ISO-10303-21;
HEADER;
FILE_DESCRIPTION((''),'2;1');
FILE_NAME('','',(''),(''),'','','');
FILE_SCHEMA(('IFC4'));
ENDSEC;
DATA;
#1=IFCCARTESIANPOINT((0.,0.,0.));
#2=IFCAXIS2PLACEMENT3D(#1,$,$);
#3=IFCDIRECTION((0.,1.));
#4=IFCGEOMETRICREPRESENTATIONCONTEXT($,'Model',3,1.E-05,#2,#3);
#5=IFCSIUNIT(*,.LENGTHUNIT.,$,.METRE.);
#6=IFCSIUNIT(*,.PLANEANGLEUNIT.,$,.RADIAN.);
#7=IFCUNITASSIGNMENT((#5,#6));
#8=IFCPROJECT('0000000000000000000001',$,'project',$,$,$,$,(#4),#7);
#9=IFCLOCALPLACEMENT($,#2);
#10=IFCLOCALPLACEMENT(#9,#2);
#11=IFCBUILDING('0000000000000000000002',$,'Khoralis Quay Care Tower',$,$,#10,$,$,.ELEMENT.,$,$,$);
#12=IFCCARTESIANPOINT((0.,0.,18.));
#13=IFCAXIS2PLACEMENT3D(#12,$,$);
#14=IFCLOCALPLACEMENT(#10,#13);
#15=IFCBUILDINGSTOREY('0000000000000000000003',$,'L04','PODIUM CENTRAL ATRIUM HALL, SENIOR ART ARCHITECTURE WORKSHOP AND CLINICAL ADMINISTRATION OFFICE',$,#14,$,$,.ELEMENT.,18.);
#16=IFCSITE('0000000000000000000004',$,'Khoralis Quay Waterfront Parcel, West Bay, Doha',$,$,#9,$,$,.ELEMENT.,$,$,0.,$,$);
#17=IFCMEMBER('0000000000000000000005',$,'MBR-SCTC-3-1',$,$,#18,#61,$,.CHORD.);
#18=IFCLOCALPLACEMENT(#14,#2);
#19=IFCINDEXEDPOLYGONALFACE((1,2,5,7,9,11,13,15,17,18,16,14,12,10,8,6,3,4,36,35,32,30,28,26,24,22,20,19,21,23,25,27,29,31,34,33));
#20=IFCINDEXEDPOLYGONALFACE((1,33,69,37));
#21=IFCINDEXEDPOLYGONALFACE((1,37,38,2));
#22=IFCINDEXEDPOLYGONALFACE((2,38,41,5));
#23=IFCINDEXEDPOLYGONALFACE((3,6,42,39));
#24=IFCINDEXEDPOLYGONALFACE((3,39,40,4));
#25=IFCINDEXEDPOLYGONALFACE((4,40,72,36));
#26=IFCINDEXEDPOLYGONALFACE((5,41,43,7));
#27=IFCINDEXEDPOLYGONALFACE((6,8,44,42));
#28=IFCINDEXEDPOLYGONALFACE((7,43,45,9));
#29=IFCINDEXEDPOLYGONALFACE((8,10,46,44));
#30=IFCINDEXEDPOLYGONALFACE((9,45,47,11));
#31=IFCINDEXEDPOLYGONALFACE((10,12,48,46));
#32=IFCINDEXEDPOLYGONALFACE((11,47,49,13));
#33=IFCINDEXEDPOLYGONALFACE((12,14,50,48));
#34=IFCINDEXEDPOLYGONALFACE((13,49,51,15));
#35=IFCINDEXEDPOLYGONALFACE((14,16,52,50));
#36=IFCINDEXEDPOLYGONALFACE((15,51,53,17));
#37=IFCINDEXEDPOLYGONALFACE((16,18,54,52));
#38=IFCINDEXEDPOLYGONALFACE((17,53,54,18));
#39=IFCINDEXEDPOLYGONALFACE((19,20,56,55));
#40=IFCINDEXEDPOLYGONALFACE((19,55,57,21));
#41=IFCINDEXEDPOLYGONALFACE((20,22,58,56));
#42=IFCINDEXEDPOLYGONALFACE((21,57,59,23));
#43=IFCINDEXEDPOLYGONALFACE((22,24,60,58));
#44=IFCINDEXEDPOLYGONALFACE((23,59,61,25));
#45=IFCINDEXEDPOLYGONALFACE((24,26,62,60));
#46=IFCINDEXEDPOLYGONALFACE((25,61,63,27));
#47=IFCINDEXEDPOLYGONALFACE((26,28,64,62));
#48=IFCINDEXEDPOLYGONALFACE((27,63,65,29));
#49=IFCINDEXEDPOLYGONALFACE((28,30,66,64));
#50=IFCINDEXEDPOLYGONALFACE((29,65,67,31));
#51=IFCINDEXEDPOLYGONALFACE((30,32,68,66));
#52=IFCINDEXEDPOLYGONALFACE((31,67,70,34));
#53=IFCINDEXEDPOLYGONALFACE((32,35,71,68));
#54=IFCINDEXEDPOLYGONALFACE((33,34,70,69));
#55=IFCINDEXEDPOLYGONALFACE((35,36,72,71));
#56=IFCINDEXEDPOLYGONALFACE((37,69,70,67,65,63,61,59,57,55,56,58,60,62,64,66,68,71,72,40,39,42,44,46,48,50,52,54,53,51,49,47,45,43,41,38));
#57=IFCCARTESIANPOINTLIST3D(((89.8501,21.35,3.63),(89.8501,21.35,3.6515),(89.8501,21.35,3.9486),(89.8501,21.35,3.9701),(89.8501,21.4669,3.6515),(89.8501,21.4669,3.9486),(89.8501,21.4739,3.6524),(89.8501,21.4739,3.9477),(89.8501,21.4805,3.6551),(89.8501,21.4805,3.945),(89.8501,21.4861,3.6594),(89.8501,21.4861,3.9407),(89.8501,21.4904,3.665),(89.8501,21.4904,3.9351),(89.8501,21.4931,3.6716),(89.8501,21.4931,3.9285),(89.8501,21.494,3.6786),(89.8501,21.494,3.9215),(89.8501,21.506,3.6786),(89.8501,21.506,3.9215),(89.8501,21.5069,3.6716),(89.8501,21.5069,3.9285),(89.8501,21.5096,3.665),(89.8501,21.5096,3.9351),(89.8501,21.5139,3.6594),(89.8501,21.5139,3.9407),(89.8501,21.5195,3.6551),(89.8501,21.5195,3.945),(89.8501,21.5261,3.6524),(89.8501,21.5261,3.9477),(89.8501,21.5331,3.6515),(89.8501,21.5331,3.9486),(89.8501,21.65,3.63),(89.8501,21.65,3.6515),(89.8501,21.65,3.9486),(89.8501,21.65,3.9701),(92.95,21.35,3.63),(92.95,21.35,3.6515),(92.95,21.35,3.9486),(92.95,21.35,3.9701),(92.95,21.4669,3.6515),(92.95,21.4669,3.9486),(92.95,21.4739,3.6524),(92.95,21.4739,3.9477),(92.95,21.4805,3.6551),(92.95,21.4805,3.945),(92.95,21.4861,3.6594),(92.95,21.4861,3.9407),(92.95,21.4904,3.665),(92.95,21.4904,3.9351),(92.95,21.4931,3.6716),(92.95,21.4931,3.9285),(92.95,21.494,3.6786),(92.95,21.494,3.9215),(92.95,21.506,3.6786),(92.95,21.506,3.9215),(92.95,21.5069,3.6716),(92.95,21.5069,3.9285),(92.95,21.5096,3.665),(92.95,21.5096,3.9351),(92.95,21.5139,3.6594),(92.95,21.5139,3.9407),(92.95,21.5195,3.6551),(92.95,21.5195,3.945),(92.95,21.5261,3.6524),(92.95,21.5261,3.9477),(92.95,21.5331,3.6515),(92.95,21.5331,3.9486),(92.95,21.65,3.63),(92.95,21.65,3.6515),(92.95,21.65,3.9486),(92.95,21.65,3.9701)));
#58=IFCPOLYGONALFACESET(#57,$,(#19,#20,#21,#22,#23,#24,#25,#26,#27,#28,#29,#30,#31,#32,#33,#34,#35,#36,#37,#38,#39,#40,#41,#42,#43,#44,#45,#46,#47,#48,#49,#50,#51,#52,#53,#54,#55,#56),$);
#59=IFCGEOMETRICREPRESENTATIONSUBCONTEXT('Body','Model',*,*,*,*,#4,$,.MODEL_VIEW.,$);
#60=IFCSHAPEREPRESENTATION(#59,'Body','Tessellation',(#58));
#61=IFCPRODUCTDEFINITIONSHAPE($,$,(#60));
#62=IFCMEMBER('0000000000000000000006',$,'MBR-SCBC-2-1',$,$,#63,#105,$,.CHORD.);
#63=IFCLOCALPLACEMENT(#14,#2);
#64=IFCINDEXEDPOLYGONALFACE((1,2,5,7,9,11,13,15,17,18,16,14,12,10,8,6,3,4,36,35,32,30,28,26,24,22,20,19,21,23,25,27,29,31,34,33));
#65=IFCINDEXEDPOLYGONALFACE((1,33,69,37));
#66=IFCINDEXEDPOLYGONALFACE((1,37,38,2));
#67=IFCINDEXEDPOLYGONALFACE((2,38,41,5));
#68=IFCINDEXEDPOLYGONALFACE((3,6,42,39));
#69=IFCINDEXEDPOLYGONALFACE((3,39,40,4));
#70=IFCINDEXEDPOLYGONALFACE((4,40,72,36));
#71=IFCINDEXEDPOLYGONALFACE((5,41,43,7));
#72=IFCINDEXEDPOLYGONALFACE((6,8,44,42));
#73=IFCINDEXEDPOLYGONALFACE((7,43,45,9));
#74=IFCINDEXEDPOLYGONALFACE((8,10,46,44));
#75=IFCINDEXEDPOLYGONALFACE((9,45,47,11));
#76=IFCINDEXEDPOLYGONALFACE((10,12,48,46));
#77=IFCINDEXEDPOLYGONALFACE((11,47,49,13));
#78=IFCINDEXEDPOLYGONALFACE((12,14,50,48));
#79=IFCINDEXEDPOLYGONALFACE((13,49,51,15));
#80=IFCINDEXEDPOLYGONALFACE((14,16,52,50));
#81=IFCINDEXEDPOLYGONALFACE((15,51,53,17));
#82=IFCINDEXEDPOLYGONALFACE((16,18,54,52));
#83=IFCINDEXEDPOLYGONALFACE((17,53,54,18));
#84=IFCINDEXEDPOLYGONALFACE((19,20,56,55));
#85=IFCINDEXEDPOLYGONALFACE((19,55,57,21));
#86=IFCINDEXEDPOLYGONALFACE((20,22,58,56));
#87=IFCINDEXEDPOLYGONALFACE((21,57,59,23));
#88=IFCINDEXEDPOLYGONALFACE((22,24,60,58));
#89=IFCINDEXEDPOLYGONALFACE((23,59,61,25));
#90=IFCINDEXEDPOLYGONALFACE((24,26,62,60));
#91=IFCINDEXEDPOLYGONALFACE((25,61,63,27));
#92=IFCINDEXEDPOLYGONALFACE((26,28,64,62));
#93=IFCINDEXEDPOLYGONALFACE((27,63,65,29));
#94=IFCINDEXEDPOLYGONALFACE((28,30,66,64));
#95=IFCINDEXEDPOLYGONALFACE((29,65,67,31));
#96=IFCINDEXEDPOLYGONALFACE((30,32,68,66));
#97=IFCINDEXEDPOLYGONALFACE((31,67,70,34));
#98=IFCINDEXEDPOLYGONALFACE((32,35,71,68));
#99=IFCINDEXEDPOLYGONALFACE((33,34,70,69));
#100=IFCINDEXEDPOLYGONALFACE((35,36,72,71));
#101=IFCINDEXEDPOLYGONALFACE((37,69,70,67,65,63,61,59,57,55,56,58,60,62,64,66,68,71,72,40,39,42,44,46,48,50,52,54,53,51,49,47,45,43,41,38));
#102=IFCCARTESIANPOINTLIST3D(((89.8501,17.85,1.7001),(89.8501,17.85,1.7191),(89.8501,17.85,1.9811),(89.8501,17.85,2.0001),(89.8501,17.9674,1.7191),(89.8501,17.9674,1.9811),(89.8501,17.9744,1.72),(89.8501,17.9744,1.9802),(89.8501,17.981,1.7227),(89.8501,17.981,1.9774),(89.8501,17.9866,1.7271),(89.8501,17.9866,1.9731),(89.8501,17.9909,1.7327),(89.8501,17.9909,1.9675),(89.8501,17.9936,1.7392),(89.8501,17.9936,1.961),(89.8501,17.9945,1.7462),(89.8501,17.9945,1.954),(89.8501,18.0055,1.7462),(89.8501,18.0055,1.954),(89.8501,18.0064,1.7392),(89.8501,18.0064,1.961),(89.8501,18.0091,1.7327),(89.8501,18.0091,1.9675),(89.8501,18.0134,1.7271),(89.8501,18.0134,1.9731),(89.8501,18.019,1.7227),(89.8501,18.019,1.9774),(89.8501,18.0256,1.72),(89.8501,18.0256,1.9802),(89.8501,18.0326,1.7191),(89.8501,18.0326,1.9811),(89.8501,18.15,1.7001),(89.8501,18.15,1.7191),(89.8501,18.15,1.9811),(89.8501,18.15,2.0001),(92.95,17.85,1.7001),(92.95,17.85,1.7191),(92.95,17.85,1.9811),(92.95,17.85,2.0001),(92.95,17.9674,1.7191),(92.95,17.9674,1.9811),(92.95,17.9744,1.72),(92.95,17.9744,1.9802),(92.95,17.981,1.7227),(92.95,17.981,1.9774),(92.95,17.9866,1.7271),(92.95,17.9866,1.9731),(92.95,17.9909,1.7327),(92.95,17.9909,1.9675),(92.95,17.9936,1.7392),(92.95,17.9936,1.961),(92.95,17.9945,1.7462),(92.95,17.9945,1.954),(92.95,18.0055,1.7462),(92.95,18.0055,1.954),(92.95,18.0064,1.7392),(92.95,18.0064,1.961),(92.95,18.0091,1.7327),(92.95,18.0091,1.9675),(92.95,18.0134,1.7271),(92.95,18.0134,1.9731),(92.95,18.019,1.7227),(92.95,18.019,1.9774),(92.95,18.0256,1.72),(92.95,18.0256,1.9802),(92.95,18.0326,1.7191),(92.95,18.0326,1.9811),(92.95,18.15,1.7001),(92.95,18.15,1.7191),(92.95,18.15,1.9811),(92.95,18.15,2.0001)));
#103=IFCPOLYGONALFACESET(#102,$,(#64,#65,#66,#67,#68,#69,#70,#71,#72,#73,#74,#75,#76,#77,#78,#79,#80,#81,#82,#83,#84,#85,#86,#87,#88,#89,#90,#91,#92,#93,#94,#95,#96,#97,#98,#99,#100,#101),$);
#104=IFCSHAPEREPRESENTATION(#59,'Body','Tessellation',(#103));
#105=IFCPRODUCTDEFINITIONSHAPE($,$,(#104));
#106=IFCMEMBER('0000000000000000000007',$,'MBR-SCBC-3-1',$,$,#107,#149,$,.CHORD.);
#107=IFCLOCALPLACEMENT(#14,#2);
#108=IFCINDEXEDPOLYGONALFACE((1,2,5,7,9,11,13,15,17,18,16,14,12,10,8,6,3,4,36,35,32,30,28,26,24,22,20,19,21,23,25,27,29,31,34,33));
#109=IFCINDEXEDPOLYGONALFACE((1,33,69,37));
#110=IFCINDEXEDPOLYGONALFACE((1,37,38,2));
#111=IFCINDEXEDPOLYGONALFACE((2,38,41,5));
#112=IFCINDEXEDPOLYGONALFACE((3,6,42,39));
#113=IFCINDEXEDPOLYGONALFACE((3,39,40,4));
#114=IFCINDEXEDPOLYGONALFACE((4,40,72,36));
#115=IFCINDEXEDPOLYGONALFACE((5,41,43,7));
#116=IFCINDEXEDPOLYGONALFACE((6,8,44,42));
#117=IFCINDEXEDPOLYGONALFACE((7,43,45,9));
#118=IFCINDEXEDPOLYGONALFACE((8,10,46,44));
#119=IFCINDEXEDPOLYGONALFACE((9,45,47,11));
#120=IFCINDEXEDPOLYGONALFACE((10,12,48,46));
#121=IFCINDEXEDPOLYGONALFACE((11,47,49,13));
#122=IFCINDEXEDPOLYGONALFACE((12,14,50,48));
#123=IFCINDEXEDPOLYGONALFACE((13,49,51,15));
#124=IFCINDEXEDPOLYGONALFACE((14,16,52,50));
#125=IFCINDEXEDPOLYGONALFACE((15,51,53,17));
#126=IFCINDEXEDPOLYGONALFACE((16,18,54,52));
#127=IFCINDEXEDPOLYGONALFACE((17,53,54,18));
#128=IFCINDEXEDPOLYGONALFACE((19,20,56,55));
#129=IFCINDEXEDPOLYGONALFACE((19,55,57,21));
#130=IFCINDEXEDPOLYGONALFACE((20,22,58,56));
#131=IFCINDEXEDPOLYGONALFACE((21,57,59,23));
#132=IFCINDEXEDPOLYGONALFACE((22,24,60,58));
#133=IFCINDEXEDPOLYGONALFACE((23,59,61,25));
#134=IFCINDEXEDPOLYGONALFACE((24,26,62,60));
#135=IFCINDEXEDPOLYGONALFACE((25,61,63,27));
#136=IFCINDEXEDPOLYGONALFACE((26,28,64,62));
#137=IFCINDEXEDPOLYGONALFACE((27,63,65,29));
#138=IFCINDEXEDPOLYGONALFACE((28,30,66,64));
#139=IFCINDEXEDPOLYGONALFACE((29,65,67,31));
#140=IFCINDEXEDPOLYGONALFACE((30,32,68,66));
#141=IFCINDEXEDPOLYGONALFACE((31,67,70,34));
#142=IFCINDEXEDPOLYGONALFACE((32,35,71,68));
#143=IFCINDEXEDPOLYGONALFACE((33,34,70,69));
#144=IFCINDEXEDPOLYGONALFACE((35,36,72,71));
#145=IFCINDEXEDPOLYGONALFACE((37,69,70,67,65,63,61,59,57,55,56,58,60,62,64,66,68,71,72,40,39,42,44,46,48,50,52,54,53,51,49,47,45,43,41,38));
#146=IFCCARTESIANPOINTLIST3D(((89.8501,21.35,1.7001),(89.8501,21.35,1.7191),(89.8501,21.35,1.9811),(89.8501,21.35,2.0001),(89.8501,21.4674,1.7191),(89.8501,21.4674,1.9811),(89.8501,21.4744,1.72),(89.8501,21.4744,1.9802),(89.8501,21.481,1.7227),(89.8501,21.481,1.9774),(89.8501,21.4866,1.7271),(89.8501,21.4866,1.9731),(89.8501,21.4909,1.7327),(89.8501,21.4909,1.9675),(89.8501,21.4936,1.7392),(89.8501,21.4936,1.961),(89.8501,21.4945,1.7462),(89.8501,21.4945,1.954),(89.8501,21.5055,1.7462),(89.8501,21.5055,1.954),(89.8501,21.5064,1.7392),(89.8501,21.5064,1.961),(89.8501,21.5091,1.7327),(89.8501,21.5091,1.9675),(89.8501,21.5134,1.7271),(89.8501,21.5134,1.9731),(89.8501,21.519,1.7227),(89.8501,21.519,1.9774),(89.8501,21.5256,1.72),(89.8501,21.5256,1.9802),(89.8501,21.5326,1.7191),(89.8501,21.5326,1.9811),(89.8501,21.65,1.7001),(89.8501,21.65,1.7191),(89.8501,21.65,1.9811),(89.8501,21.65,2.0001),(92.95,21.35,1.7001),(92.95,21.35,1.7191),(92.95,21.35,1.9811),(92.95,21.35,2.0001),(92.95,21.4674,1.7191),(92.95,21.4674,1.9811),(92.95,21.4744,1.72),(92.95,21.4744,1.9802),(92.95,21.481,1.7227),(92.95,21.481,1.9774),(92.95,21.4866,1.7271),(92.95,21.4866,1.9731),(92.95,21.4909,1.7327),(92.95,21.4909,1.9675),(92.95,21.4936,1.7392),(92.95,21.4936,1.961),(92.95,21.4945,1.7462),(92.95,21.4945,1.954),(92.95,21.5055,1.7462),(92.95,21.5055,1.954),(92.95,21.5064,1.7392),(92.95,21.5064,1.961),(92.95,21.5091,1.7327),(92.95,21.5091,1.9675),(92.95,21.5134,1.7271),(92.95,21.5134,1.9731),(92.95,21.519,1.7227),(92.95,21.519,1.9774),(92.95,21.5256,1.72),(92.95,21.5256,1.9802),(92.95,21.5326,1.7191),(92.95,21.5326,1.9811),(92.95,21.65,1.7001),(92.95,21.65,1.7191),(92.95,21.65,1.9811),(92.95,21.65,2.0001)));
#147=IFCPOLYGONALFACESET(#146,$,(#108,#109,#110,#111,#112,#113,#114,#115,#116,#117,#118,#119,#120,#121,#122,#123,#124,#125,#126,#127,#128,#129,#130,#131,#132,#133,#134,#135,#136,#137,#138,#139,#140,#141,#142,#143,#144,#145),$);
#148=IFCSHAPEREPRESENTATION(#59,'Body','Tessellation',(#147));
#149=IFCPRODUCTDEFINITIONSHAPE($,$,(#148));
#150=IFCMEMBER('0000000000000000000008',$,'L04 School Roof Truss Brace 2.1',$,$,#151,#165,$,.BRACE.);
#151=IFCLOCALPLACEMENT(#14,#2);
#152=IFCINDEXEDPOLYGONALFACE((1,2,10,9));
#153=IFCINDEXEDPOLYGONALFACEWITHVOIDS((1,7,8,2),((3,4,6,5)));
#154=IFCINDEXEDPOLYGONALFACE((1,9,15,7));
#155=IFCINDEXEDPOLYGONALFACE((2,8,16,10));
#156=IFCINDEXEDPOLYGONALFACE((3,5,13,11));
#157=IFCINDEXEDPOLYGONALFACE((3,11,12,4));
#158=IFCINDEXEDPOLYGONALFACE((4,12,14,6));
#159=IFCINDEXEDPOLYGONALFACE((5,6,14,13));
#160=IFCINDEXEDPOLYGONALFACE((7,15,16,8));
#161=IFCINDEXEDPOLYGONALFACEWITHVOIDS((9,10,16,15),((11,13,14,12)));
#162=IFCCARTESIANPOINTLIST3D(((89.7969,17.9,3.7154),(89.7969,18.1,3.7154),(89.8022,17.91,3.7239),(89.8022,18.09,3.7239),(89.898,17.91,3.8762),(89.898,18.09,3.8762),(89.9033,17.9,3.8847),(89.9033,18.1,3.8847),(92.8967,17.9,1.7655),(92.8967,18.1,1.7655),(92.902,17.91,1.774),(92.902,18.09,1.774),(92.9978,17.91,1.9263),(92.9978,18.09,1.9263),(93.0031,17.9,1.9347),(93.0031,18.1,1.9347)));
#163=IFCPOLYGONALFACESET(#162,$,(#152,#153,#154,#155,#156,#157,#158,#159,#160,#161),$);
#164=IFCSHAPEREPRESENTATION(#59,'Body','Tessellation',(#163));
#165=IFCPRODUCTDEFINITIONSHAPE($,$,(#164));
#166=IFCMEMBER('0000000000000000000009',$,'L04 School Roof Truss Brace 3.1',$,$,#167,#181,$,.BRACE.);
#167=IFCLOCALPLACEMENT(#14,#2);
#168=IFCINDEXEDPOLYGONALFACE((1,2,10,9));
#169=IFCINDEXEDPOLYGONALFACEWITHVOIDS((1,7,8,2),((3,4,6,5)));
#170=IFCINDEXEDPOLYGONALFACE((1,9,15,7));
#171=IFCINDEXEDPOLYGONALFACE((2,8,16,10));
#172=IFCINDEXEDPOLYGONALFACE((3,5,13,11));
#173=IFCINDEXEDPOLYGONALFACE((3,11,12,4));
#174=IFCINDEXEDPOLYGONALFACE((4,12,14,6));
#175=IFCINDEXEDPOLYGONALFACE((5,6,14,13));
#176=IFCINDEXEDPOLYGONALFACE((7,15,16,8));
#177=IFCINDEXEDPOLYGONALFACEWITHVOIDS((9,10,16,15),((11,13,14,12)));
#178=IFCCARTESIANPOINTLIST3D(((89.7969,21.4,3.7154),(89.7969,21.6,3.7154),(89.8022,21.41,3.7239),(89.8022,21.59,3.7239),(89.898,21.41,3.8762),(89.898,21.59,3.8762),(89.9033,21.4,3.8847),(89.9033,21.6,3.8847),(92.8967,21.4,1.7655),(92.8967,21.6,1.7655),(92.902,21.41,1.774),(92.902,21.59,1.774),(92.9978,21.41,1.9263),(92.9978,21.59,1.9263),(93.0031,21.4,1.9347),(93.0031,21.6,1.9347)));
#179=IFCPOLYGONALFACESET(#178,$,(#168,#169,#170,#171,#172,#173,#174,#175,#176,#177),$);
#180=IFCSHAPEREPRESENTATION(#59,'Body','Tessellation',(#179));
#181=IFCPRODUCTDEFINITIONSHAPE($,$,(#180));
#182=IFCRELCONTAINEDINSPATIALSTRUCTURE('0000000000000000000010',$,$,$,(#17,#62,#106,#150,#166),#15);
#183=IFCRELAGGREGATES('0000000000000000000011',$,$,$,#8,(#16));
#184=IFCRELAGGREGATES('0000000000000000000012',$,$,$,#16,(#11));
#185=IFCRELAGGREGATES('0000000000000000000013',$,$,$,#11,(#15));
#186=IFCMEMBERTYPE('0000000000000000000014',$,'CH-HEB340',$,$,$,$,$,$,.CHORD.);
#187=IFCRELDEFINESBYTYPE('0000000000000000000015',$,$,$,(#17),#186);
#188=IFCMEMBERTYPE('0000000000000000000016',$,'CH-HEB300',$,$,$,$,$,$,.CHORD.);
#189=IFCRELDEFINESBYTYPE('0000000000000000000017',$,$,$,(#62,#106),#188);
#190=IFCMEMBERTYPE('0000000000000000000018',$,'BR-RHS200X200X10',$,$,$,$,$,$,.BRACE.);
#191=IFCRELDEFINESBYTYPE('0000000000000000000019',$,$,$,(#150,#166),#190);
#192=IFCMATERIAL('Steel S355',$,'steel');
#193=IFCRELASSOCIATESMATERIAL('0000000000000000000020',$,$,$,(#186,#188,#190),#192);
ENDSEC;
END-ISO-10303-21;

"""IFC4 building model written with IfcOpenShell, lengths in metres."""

from ifc_helpers import new_model, si_unit, direction, frame, origin, origin_2d, place, context, subcontext, project, spatial, hollow_rectangle, i_section, extrude, source, transform, mapped, material, material_profile, profile_set, type_object, element, save


model = new_model("IFC4")

# Units and contexts
model_context = context("Model", 3, precision=1e-05, world=origin(), true_north=direction((0.0, 1.0)))
body_context = subcontext(model_context, "Body", "Model", "MODEL_VIEW")
ifc_project = project(units=[si_unit("LENGTHUNIT", "METRE"), si_unit("PLANEANGLEUNIT", "RADIAN")], contexts=[model_context])

# Site, building, storey
site_placement = place(None, origin())
site = spatial("IfcSite", under=ifc_project, at=site_placement, Name="Khoralis Quay Waterfront Parcel, West Bay, Doha", CompositionType="ELEMENT", RefElevation=0.0)
building_placement = place(site_placement, origin())
building = spatial("IfcBuilding", under=site, at=building_placement, Name="Khoralis Quay Care Tower", CompositionType="ELEMENT")
storey_placement = place(building_placement, frame((0.0, 0.0, 18.0)))
storey = spatial("IfcBuildingStorey", under=building, at=storey_placement, Name="L04", Description="PODIUM CENTRAL ATRIUM HALL, SENIOR ART ARCHITECTURE WORKSHOP AND CLINICAL ADMINISTRATION OFFICE", CompositionType="ELEMENT", Elevation=18.0)

# Members
ifc_material = material(Name="Steel S355", Category="steel")
ifc_material_profile_1 = material_profile(ifc_material, i_section(OverallWidth=0.3, OverallDepth=0.3401, WebThickness=0.012, FlangeThickness=0.0215, FilletRadius=0.0271, at=origin_2d()), Name="Steel S355")
ifc_profile_set_1 = profile_set([ifc_material_profile_1], Name="Steel S355")
member_type_1 = type_object("IfcMemberType", Name="CH-HEB340", PredefinedType="CHORD", material=ifc_profile_set_1)
ifc_material_profile_2 = material_profile(ifc_material, i_section(OverallWidth=0.3, OverallDepth=0.3, WebThickness=0.011, FlangeThickness=0.019, FilletRadius=0.0271, at=origin_2d()), Name="Steel S355")
ifc_profile_set_2 = profile_set([ifc_material_profile_2], Name="Steel S355")
member_type_2 = type_object("IfcMemberType", Name="CH-HEB300", PredefinedType="CHORD", material=ifc_profile_set_2)
ifc_material_profile_3 = material_profile(ifc_material, hollow_rectangle(XDim=0.2, YDim=0.2, WallThickness=0.01, at=origin_2d()), Name="Steel S355")
ifc_profile_set_3 = profile_set([ifc_material_profile_3], Name="Steel S355")
member_type_3 = type_object("IfcMemberType", Name="BR-RHS200X200X10", PredefinedType="BRACE", material=ifc_profile_set_3)
shared_shape_1 = source(origin(), body_context, "Body", "SweptSolid", [
    extrude(i_section(OverallWidth=0.3, OverallDepth=0.3401, WebThickness=0.012, FlangeThickness=0.0215, FilletRadius=0.0271, at=origin_2d()), origin(), (0.0, 0.0, 1.0), 3.0999),
])
for number, where, z_axis, x_axis, name in (
    (1, (89.8501, 21.5, 3.8), (1.0, 0.0, 0.0), (0.0, 1.0, 0.0), "MBR-SCTC-3-1"),
):
    element("IfcMember", number, at=place(storey_placement, frame(where, z_axis=z_axis, x_axis=x_axis)), inside=storey, type_object=member_type_1, Name=name, PredefinedType="CHORD", context=body_context, shape_type="MappedRepresentation", body=[
        mapped(shared_shape_1, transform((0.0, 0.0, 0.0), scale=1.0)),
    ])
shared_shape_2 = source(origin(), body_context, "Body", "SweptSolid", [
    extrude(i_section(OverallWidth=0.3, OverallDepth=0.3, WebThickness=0.011, FlangeThickness=0.019, FilletRadius=0.0271, at=origin_2d()), origin(), (0.0, 0.0, 1.0), 3.0999),
])
for number, where, z_axis, x_axis, name in (
    (2, (89.8501, 18.0, 1.8501), (1.0, 0.0, 0.0), (0.0, 1.0, 0.0), "MBR-SCBC-2-1"),
    (3, (89.8501, 21.5, 1.8501), (1.0, 0.0, 0.0), (0.0, 1.0, 0.0), "MBR-SCBC-3-1"),
):
    element("IfcMember", number, at=place(storey_placement, frame(where, z_axis=z_axis, x_axis=x_axis)), inside=storey, type_object=member_type_2, Name=name, PredefinedType="CHORD", context=body_context, shape_type="MappedRepresentation", body=[
        mapped(shared_shape_2, transform((0.0, 0.0, 0.0), scale=1.0)),
    ])
shared_shape_3 = source(origin(), body_context, "Body", "SweptSolid", [
    extrude(hollow_rectangle(XDim=0.2, YDim=0.2, WallThickness=0.01, at=origin_2d()), origin(), (0.0, 0.0, 1.0), 3.6621),
])
for number, where, z_axis, x_axis, name in (
    (4, (89.8501, 18.0, 3.8), (0.846455, 0.0, -0.53246), (0.0, 1.0, 0.0), "L04 School Roof Truss Brace 2.1"),
    (5, (89.8501, 21.5, 3.8), (0.846455, 0.0, -0.53246), (0.0, 1.0, 0.0), "L04 School Roof Truss Brace 3.1"),
):
    element("IfcMember", number, at=place(storey_placement, frame(where, z_axis=z_axis, x_axis=x_axis)), inside=storey, type_object=member_type_3, Name=name, PredefinedType="BRACE", context=body_context, shape_type="MappedRepresentation", body=[
        mapped(shared_shape_3, transform((0.0, 0.0, 0.0), scale=1.0)),
    ])

save(model, "model.ifc")
